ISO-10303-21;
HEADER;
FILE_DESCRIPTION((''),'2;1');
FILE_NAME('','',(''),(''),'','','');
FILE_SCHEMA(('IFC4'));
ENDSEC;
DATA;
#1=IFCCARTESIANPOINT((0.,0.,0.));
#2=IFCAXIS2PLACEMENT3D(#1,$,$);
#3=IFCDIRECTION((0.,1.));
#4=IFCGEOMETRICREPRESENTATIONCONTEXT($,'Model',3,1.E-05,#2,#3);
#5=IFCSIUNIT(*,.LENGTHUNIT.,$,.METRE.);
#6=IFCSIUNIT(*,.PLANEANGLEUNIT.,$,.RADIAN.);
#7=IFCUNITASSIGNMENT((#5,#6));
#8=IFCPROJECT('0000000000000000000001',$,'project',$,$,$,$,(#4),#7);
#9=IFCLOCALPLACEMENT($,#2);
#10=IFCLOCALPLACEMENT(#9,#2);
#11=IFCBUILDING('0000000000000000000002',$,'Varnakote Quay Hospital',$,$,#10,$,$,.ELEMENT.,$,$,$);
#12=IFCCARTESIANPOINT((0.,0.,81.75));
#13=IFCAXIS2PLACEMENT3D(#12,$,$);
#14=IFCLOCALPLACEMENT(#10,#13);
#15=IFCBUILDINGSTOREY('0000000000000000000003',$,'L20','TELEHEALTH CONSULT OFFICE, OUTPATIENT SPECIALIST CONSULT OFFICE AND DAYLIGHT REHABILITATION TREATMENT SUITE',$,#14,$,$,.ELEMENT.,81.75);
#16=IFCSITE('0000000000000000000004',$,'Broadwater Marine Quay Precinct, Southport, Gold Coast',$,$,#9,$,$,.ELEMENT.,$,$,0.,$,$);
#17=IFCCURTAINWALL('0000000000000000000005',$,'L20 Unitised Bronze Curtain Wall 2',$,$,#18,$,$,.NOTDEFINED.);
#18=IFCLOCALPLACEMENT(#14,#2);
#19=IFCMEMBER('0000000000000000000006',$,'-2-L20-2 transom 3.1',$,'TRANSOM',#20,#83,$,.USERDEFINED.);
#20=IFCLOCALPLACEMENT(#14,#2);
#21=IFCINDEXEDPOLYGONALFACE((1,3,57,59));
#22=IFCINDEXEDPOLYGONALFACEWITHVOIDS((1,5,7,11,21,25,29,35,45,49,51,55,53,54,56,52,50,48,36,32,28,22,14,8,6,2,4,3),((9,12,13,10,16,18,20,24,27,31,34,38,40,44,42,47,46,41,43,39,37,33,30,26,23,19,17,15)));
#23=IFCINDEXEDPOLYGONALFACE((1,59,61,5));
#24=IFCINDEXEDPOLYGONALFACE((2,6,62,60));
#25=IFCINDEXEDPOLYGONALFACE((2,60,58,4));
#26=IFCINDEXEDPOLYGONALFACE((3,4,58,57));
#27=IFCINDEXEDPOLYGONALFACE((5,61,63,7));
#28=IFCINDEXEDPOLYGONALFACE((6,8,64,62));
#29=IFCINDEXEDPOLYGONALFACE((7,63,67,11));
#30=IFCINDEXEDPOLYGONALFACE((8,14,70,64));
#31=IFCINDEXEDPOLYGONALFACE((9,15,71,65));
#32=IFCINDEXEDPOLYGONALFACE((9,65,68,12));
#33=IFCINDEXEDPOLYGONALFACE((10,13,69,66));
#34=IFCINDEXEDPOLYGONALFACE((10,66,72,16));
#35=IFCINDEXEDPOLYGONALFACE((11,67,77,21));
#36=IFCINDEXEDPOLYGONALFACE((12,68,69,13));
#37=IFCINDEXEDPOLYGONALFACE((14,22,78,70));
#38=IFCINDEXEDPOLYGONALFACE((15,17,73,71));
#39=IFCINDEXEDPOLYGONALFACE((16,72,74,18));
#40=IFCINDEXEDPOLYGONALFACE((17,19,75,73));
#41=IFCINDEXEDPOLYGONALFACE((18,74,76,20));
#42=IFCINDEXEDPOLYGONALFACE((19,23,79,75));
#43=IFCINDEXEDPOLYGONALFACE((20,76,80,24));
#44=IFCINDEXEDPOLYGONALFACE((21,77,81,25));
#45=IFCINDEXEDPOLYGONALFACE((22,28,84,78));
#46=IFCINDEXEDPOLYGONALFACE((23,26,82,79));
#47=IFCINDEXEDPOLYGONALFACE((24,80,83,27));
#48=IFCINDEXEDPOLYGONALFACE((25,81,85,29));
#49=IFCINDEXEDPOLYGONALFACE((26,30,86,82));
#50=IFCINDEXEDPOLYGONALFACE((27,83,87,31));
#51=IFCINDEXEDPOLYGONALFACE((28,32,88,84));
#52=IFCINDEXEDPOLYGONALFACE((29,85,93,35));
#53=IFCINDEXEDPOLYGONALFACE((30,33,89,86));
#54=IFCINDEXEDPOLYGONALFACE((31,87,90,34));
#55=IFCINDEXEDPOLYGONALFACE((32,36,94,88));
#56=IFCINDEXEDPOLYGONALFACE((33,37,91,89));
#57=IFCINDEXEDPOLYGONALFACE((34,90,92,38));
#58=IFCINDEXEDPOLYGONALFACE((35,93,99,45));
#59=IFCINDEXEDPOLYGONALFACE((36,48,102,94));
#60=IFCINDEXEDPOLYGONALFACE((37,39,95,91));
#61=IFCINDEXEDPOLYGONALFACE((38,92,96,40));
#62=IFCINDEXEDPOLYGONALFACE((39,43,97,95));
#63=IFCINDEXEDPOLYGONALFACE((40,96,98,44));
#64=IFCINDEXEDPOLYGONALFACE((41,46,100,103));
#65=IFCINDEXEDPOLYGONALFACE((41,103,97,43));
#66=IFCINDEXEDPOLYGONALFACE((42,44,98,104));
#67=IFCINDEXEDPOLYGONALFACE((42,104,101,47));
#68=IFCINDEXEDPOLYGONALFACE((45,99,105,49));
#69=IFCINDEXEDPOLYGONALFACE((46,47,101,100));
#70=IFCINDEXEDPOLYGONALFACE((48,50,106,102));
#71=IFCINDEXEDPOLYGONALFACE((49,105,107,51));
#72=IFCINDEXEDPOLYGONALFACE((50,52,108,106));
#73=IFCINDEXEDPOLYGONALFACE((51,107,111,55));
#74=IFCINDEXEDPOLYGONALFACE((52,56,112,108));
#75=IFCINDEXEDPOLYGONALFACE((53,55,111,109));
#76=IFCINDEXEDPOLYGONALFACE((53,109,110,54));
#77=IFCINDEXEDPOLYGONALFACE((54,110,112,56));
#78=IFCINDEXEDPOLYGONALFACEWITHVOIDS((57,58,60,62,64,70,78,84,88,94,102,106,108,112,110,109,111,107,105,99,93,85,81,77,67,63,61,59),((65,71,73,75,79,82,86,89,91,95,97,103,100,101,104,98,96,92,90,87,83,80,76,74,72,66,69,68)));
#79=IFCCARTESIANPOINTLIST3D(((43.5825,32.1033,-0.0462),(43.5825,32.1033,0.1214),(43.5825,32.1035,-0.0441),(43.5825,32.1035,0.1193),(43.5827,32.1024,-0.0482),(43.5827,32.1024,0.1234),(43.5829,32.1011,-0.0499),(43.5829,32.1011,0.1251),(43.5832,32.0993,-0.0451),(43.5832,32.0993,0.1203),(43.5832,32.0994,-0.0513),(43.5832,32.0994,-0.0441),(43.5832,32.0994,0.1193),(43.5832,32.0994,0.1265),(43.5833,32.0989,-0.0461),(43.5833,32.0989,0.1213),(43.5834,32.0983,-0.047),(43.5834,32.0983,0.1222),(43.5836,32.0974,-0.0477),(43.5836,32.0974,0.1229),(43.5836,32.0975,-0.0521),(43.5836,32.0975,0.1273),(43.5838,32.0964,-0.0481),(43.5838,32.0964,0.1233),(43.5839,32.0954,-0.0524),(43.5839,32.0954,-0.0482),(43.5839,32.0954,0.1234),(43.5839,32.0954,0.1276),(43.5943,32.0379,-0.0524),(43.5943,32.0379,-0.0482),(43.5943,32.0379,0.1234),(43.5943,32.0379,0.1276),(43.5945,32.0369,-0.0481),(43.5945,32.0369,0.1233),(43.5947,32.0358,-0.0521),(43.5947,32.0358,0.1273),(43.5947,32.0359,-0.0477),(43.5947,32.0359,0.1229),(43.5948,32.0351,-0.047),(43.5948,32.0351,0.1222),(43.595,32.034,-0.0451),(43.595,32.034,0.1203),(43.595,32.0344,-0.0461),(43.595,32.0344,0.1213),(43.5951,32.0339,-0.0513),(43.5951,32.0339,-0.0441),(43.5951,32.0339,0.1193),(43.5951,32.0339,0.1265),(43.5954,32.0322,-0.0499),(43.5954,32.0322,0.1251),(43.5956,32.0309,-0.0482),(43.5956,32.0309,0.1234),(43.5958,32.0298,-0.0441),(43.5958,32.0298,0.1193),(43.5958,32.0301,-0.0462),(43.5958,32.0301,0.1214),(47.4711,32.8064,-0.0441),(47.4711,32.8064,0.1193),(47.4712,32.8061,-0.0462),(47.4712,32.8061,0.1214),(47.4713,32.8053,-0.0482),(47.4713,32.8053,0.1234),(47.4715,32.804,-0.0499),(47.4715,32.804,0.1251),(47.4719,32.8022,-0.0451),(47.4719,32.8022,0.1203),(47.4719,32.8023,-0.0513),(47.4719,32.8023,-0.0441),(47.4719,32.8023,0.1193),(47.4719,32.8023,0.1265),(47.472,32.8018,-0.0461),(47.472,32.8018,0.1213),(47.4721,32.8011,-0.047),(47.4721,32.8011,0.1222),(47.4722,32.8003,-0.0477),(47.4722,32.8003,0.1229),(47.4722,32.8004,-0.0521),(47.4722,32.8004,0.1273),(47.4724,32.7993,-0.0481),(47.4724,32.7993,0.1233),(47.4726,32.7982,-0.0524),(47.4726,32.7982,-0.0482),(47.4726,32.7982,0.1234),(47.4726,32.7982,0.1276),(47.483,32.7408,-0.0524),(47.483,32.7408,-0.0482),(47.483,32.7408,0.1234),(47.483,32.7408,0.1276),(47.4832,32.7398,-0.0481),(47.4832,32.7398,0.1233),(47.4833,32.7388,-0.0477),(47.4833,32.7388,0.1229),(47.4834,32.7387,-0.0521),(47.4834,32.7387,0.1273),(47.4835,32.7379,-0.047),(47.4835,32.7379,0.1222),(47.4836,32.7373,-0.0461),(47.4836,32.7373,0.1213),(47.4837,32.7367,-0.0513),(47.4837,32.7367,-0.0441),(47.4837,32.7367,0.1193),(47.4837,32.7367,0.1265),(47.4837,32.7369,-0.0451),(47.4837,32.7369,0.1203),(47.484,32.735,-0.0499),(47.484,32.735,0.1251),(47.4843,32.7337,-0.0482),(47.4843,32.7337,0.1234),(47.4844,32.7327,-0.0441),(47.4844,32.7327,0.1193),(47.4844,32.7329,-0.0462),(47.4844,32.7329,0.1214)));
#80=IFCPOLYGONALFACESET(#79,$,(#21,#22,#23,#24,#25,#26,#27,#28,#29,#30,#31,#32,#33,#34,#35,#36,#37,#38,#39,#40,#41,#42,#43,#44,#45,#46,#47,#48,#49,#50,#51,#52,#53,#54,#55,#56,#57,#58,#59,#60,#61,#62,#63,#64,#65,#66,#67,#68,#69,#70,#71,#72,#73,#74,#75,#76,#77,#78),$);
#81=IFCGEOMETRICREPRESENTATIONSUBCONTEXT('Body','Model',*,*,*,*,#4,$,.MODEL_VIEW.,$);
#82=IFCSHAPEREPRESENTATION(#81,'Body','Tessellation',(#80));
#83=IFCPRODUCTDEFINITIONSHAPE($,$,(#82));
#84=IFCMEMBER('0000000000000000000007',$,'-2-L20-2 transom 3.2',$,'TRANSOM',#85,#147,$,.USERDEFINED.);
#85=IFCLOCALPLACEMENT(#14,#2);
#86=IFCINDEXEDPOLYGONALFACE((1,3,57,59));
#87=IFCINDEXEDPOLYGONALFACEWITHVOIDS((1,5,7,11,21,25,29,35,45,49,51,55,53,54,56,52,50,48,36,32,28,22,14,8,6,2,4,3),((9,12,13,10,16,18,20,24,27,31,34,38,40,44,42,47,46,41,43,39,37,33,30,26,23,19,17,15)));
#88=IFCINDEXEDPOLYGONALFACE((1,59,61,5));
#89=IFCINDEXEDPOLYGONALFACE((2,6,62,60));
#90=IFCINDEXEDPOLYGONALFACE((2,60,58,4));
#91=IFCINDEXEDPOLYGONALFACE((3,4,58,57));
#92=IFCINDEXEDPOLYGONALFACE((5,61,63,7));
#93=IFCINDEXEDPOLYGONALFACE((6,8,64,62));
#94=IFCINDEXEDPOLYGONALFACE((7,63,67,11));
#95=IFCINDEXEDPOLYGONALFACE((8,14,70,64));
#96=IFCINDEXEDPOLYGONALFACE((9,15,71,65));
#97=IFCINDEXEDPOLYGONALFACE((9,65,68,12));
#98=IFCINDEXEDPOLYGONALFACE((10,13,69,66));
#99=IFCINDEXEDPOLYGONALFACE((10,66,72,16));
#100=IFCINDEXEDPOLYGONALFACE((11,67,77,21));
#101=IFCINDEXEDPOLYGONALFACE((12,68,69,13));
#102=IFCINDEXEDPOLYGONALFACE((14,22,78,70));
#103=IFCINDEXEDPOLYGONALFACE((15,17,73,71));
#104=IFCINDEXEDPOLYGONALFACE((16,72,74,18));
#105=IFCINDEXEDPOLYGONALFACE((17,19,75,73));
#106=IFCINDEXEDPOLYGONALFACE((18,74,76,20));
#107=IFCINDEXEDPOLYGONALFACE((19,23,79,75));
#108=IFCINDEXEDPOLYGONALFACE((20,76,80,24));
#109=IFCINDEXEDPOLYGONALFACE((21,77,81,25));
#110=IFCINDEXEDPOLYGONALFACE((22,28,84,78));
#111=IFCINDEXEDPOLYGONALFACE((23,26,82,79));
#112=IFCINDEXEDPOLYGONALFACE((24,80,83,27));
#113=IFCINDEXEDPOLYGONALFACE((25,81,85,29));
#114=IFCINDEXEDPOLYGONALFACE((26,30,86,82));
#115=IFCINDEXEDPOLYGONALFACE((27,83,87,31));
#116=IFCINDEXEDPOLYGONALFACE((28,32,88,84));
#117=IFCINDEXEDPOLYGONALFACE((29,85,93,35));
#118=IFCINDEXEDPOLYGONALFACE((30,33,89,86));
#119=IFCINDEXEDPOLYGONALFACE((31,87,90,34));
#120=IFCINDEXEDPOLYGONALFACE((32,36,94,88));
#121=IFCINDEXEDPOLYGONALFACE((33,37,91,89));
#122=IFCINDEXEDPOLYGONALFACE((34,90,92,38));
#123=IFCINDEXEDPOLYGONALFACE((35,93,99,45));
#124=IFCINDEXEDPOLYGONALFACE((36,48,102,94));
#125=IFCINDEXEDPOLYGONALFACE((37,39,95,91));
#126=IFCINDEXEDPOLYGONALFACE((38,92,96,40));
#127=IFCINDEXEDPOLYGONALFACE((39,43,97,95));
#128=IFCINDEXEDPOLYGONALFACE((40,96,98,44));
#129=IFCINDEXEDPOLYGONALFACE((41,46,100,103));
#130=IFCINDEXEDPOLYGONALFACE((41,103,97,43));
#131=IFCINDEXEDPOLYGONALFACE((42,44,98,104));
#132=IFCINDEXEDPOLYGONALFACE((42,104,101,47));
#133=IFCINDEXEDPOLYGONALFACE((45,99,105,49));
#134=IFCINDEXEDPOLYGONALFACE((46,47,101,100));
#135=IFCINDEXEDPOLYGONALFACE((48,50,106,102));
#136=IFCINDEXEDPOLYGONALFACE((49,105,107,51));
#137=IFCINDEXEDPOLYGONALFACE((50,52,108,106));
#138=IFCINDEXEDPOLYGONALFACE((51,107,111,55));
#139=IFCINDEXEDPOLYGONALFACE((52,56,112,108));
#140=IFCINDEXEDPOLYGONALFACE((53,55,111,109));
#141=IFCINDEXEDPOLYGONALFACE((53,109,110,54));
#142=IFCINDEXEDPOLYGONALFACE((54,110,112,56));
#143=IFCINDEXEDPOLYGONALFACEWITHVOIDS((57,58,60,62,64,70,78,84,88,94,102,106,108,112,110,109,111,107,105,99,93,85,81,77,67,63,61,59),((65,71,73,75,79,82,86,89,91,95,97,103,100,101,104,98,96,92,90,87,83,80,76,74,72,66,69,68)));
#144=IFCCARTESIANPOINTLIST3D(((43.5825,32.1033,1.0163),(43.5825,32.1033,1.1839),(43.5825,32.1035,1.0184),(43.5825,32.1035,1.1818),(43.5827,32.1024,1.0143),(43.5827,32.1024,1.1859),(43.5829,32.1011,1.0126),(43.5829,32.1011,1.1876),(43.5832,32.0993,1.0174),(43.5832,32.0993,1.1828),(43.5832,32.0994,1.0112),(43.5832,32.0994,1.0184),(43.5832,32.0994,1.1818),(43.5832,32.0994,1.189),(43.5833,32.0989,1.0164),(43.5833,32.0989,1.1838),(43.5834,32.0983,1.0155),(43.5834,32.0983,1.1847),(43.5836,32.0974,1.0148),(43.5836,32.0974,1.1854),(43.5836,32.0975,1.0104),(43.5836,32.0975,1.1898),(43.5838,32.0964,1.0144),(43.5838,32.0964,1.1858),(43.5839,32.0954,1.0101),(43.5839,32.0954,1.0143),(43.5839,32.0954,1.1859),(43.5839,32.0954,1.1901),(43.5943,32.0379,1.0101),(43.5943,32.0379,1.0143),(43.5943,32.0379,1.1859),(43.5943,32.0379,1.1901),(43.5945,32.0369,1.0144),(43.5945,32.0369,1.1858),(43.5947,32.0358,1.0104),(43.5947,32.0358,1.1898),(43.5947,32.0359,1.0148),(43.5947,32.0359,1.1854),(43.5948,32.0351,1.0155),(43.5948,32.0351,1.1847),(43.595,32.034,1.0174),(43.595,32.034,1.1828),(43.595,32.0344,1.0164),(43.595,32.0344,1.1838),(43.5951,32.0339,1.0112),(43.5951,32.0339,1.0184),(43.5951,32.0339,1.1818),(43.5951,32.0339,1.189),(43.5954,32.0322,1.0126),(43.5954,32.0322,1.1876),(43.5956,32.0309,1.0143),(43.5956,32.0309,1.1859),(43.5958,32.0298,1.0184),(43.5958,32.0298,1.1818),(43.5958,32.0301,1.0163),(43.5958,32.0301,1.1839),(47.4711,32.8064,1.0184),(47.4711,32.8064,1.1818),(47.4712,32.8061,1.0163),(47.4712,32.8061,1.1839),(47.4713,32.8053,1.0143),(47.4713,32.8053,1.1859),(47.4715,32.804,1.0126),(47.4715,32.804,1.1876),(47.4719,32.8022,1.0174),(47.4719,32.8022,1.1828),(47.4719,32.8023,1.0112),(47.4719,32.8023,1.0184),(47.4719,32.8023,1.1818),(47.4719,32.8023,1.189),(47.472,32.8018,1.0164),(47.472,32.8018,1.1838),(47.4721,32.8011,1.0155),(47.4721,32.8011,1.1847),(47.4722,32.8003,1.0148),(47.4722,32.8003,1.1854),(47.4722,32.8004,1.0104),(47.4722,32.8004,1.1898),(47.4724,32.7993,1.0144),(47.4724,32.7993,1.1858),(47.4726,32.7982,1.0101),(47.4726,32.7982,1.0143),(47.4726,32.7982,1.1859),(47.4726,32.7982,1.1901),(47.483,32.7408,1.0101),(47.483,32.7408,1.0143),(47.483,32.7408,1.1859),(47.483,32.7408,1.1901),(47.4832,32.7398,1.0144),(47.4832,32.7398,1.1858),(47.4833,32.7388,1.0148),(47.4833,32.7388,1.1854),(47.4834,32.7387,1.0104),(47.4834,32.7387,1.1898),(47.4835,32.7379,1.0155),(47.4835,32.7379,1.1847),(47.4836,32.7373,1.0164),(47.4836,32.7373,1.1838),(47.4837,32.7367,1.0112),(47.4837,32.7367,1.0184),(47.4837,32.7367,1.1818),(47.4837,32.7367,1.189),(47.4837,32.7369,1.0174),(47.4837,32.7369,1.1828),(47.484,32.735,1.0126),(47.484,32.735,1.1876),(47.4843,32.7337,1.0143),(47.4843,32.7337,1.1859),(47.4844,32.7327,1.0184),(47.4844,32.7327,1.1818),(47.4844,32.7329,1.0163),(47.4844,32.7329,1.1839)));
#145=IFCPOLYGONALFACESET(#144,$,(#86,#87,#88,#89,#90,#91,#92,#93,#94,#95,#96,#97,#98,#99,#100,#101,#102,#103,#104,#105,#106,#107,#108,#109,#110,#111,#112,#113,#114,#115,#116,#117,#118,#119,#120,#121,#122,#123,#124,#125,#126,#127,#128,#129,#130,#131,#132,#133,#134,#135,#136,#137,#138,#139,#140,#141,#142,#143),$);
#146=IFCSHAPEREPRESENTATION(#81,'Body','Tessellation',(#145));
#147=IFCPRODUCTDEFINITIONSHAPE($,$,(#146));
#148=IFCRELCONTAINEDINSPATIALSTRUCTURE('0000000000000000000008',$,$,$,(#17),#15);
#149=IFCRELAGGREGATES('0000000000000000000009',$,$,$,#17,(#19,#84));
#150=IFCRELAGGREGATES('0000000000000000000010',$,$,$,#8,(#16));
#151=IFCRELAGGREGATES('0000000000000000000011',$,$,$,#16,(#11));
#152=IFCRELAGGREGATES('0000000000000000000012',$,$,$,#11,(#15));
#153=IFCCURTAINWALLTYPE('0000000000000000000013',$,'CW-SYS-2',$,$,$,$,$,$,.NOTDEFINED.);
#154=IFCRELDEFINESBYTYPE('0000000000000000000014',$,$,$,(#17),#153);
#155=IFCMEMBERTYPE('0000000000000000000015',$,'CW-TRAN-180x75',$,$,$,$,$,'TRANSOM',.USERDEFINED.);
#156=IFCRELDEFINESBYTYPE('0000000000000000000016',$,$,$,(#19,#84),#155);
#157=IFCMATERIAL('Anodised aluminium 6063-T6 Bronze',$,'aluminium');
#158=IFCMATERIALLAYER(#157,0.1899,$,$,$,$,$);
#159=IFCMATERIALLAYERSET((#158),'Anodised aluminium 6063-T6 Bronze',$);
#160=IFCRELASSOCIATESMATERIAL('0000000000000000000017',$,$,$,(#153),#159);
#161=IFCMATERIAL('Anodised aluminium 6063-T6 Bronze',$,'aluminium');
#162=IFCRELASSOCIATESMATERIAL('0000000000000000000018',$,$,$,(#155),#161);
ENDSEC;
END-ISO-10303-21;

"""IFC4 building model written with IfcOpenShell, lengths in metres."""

from ifc_helpers import new_model, si_unit, direction, frame, origin, origin_2d, place, context, subcontext, project, spatial, hollow_rectangle, extrude, material, layer, layer_set, material_profile, profile_set, type_object, element, aggregate, save


model = new_model("IFC4")

# Units and contexts
model_context = context("Model", 3, precision=1e-05, world=origin(), true_north=direction((0.0, 1.0)))
body_context = subcontext(model_context, "Body", "Model", "MODEL_VIEW")
ifc_project = project(units=[si_unit("LENGTHUNIT", "METRE"), si_unit("PLANEANGLEUNIT", "RADIAN")], contexts=[model_context])

# Site, building, storey
site_placement = place(None, origin())
site = spatial("IfcSite", under=ifc_project, at=site_placement, Name="Broadwater Marine Quay Precinct, Southport, Gold Coast", CompositionType="ELEMENT", RefElevation=0.0)
building_placement = place(site_placement, origin())
building = spatial("IfcBuilding", under=site, at=building_placement, Name="Varnakote Quay Hospital", CompositionType="ELEMENT")
storey_placement = place(building_placement, frame((0.0, 0.0, 81.75)))
storey = spatial("IfcBuildingStorey", under=building, at=storey_placement, Name="L20", Description="TELEHEALTH CONSULT OFFICE, OUTPATIENT SPECIALIST CONSULT OFFICE AND DAYLIGHT REHABILITATION TREATMENT SUITE", CompositionType="ELEMENT", Elevation=81.75)

# Curtain wall, members
ifc_material_1 = material(Name="Anodised aluminium 6063-T6 Bronze", Category="aluminium")
ifc_layer_1 = layer(ifc_material_1, 0.1899)
ifc_layer_set_1 = layer_set([ifc_layer_1], Name="Anodised aluminium 6063-T6 Bronze")
curtain_wall_type = type_object("IfcCurtainWallType", Name="CW-SYS-2", PredefinedType="NOTDEFINED", material=ifc_layer_set_1)
curtain_wall_placement = place(storey_placement, origin())
curtain_wall = element("IfcCurtainWall", 1, at=curtain_wall_placement, inside=storey, type_object=curtain_wall_type, Name="L20 Unitised Bronze Curtain Wall 2", PredefinedType="NOTDEFINED")
ifc_material_2 = material(Name="Anodised aluminium 6063-T6 Bronze", Category="aluminium")
ifc_material_profile_1 = material_profile(ifc_material_2, hollow_rectangle(XDim=0.075, YDim=0.1799, WallThickness=0.0042, InnerFilletRadius=0.0042, OuterFilletRadius=0.0083, at=origin_2d()), Name="CW-TRAN-180x75")
ifc_profile_set_1 = profile_set([ifc_material_profile_1], Name="Anodised aluminium 6063-T6 Bronze")
member_type_1 = type_object("IfcMemberType", Name="CW-TRAN-180x75", ElementType="TRANSOM", PredefinedType="USERDEFINED", material=ifc_profile_set_1)
member_1_placement = place(storey_placement, frame((47.4778, 32.7695, 0.0376), z_axis=(-0.984054, -0.177869, 0.0), x_axis=(0.177869, -0.984054, 0.0)))
member_1 = element("IfcMember", 2, at=member_1_placement, type_object=member_type_1, Name="-2-L20-2 transom 3.1", ObjectType="TRANSOM", PredefinedType="USERDEFINED", context=body_context, shape_type="SweptSolid", body=[
    extrude(hollow_rectangle(XDim=0.075, YDim=0.1799, WallThickness=0.0042, InnerFilletRadius=0.0042, OuterFilletRadius=0.0083, at=origin_2d()), origin(), (0.0, 0.0, 1.0), 3.9517),
])
member_2_placement = place(storey_placement, frame((47.4778, 32.7695, 1.1001), z_axis=(-0.984054, -0.177869, 0.0), x_axis=(0.177869, -0.984054, 0.0)))
member_2 = element("IfcMember", 3, at=member_2_placement, type_object=member_type_1, Name="-2-L20-2 transom 3.2", ObjectType="TRANSOM", PredefinedType="USERDEFINED", context=body_context, shape_type="SweptSolid", body=[
    extrude(hollow_rectangle(XDim=0.075, YDim=0.1799, WallThickness=0.0042, InnerFilletRadius=0.0042, OuterFilletRadius=0.0083, at=origin_2d()), origin(), (0.0, 0.0, 1.0), 3.9517),
])
aggregate(curtain_wall, [member_1, member_2])

save(model, "model.ifc")
